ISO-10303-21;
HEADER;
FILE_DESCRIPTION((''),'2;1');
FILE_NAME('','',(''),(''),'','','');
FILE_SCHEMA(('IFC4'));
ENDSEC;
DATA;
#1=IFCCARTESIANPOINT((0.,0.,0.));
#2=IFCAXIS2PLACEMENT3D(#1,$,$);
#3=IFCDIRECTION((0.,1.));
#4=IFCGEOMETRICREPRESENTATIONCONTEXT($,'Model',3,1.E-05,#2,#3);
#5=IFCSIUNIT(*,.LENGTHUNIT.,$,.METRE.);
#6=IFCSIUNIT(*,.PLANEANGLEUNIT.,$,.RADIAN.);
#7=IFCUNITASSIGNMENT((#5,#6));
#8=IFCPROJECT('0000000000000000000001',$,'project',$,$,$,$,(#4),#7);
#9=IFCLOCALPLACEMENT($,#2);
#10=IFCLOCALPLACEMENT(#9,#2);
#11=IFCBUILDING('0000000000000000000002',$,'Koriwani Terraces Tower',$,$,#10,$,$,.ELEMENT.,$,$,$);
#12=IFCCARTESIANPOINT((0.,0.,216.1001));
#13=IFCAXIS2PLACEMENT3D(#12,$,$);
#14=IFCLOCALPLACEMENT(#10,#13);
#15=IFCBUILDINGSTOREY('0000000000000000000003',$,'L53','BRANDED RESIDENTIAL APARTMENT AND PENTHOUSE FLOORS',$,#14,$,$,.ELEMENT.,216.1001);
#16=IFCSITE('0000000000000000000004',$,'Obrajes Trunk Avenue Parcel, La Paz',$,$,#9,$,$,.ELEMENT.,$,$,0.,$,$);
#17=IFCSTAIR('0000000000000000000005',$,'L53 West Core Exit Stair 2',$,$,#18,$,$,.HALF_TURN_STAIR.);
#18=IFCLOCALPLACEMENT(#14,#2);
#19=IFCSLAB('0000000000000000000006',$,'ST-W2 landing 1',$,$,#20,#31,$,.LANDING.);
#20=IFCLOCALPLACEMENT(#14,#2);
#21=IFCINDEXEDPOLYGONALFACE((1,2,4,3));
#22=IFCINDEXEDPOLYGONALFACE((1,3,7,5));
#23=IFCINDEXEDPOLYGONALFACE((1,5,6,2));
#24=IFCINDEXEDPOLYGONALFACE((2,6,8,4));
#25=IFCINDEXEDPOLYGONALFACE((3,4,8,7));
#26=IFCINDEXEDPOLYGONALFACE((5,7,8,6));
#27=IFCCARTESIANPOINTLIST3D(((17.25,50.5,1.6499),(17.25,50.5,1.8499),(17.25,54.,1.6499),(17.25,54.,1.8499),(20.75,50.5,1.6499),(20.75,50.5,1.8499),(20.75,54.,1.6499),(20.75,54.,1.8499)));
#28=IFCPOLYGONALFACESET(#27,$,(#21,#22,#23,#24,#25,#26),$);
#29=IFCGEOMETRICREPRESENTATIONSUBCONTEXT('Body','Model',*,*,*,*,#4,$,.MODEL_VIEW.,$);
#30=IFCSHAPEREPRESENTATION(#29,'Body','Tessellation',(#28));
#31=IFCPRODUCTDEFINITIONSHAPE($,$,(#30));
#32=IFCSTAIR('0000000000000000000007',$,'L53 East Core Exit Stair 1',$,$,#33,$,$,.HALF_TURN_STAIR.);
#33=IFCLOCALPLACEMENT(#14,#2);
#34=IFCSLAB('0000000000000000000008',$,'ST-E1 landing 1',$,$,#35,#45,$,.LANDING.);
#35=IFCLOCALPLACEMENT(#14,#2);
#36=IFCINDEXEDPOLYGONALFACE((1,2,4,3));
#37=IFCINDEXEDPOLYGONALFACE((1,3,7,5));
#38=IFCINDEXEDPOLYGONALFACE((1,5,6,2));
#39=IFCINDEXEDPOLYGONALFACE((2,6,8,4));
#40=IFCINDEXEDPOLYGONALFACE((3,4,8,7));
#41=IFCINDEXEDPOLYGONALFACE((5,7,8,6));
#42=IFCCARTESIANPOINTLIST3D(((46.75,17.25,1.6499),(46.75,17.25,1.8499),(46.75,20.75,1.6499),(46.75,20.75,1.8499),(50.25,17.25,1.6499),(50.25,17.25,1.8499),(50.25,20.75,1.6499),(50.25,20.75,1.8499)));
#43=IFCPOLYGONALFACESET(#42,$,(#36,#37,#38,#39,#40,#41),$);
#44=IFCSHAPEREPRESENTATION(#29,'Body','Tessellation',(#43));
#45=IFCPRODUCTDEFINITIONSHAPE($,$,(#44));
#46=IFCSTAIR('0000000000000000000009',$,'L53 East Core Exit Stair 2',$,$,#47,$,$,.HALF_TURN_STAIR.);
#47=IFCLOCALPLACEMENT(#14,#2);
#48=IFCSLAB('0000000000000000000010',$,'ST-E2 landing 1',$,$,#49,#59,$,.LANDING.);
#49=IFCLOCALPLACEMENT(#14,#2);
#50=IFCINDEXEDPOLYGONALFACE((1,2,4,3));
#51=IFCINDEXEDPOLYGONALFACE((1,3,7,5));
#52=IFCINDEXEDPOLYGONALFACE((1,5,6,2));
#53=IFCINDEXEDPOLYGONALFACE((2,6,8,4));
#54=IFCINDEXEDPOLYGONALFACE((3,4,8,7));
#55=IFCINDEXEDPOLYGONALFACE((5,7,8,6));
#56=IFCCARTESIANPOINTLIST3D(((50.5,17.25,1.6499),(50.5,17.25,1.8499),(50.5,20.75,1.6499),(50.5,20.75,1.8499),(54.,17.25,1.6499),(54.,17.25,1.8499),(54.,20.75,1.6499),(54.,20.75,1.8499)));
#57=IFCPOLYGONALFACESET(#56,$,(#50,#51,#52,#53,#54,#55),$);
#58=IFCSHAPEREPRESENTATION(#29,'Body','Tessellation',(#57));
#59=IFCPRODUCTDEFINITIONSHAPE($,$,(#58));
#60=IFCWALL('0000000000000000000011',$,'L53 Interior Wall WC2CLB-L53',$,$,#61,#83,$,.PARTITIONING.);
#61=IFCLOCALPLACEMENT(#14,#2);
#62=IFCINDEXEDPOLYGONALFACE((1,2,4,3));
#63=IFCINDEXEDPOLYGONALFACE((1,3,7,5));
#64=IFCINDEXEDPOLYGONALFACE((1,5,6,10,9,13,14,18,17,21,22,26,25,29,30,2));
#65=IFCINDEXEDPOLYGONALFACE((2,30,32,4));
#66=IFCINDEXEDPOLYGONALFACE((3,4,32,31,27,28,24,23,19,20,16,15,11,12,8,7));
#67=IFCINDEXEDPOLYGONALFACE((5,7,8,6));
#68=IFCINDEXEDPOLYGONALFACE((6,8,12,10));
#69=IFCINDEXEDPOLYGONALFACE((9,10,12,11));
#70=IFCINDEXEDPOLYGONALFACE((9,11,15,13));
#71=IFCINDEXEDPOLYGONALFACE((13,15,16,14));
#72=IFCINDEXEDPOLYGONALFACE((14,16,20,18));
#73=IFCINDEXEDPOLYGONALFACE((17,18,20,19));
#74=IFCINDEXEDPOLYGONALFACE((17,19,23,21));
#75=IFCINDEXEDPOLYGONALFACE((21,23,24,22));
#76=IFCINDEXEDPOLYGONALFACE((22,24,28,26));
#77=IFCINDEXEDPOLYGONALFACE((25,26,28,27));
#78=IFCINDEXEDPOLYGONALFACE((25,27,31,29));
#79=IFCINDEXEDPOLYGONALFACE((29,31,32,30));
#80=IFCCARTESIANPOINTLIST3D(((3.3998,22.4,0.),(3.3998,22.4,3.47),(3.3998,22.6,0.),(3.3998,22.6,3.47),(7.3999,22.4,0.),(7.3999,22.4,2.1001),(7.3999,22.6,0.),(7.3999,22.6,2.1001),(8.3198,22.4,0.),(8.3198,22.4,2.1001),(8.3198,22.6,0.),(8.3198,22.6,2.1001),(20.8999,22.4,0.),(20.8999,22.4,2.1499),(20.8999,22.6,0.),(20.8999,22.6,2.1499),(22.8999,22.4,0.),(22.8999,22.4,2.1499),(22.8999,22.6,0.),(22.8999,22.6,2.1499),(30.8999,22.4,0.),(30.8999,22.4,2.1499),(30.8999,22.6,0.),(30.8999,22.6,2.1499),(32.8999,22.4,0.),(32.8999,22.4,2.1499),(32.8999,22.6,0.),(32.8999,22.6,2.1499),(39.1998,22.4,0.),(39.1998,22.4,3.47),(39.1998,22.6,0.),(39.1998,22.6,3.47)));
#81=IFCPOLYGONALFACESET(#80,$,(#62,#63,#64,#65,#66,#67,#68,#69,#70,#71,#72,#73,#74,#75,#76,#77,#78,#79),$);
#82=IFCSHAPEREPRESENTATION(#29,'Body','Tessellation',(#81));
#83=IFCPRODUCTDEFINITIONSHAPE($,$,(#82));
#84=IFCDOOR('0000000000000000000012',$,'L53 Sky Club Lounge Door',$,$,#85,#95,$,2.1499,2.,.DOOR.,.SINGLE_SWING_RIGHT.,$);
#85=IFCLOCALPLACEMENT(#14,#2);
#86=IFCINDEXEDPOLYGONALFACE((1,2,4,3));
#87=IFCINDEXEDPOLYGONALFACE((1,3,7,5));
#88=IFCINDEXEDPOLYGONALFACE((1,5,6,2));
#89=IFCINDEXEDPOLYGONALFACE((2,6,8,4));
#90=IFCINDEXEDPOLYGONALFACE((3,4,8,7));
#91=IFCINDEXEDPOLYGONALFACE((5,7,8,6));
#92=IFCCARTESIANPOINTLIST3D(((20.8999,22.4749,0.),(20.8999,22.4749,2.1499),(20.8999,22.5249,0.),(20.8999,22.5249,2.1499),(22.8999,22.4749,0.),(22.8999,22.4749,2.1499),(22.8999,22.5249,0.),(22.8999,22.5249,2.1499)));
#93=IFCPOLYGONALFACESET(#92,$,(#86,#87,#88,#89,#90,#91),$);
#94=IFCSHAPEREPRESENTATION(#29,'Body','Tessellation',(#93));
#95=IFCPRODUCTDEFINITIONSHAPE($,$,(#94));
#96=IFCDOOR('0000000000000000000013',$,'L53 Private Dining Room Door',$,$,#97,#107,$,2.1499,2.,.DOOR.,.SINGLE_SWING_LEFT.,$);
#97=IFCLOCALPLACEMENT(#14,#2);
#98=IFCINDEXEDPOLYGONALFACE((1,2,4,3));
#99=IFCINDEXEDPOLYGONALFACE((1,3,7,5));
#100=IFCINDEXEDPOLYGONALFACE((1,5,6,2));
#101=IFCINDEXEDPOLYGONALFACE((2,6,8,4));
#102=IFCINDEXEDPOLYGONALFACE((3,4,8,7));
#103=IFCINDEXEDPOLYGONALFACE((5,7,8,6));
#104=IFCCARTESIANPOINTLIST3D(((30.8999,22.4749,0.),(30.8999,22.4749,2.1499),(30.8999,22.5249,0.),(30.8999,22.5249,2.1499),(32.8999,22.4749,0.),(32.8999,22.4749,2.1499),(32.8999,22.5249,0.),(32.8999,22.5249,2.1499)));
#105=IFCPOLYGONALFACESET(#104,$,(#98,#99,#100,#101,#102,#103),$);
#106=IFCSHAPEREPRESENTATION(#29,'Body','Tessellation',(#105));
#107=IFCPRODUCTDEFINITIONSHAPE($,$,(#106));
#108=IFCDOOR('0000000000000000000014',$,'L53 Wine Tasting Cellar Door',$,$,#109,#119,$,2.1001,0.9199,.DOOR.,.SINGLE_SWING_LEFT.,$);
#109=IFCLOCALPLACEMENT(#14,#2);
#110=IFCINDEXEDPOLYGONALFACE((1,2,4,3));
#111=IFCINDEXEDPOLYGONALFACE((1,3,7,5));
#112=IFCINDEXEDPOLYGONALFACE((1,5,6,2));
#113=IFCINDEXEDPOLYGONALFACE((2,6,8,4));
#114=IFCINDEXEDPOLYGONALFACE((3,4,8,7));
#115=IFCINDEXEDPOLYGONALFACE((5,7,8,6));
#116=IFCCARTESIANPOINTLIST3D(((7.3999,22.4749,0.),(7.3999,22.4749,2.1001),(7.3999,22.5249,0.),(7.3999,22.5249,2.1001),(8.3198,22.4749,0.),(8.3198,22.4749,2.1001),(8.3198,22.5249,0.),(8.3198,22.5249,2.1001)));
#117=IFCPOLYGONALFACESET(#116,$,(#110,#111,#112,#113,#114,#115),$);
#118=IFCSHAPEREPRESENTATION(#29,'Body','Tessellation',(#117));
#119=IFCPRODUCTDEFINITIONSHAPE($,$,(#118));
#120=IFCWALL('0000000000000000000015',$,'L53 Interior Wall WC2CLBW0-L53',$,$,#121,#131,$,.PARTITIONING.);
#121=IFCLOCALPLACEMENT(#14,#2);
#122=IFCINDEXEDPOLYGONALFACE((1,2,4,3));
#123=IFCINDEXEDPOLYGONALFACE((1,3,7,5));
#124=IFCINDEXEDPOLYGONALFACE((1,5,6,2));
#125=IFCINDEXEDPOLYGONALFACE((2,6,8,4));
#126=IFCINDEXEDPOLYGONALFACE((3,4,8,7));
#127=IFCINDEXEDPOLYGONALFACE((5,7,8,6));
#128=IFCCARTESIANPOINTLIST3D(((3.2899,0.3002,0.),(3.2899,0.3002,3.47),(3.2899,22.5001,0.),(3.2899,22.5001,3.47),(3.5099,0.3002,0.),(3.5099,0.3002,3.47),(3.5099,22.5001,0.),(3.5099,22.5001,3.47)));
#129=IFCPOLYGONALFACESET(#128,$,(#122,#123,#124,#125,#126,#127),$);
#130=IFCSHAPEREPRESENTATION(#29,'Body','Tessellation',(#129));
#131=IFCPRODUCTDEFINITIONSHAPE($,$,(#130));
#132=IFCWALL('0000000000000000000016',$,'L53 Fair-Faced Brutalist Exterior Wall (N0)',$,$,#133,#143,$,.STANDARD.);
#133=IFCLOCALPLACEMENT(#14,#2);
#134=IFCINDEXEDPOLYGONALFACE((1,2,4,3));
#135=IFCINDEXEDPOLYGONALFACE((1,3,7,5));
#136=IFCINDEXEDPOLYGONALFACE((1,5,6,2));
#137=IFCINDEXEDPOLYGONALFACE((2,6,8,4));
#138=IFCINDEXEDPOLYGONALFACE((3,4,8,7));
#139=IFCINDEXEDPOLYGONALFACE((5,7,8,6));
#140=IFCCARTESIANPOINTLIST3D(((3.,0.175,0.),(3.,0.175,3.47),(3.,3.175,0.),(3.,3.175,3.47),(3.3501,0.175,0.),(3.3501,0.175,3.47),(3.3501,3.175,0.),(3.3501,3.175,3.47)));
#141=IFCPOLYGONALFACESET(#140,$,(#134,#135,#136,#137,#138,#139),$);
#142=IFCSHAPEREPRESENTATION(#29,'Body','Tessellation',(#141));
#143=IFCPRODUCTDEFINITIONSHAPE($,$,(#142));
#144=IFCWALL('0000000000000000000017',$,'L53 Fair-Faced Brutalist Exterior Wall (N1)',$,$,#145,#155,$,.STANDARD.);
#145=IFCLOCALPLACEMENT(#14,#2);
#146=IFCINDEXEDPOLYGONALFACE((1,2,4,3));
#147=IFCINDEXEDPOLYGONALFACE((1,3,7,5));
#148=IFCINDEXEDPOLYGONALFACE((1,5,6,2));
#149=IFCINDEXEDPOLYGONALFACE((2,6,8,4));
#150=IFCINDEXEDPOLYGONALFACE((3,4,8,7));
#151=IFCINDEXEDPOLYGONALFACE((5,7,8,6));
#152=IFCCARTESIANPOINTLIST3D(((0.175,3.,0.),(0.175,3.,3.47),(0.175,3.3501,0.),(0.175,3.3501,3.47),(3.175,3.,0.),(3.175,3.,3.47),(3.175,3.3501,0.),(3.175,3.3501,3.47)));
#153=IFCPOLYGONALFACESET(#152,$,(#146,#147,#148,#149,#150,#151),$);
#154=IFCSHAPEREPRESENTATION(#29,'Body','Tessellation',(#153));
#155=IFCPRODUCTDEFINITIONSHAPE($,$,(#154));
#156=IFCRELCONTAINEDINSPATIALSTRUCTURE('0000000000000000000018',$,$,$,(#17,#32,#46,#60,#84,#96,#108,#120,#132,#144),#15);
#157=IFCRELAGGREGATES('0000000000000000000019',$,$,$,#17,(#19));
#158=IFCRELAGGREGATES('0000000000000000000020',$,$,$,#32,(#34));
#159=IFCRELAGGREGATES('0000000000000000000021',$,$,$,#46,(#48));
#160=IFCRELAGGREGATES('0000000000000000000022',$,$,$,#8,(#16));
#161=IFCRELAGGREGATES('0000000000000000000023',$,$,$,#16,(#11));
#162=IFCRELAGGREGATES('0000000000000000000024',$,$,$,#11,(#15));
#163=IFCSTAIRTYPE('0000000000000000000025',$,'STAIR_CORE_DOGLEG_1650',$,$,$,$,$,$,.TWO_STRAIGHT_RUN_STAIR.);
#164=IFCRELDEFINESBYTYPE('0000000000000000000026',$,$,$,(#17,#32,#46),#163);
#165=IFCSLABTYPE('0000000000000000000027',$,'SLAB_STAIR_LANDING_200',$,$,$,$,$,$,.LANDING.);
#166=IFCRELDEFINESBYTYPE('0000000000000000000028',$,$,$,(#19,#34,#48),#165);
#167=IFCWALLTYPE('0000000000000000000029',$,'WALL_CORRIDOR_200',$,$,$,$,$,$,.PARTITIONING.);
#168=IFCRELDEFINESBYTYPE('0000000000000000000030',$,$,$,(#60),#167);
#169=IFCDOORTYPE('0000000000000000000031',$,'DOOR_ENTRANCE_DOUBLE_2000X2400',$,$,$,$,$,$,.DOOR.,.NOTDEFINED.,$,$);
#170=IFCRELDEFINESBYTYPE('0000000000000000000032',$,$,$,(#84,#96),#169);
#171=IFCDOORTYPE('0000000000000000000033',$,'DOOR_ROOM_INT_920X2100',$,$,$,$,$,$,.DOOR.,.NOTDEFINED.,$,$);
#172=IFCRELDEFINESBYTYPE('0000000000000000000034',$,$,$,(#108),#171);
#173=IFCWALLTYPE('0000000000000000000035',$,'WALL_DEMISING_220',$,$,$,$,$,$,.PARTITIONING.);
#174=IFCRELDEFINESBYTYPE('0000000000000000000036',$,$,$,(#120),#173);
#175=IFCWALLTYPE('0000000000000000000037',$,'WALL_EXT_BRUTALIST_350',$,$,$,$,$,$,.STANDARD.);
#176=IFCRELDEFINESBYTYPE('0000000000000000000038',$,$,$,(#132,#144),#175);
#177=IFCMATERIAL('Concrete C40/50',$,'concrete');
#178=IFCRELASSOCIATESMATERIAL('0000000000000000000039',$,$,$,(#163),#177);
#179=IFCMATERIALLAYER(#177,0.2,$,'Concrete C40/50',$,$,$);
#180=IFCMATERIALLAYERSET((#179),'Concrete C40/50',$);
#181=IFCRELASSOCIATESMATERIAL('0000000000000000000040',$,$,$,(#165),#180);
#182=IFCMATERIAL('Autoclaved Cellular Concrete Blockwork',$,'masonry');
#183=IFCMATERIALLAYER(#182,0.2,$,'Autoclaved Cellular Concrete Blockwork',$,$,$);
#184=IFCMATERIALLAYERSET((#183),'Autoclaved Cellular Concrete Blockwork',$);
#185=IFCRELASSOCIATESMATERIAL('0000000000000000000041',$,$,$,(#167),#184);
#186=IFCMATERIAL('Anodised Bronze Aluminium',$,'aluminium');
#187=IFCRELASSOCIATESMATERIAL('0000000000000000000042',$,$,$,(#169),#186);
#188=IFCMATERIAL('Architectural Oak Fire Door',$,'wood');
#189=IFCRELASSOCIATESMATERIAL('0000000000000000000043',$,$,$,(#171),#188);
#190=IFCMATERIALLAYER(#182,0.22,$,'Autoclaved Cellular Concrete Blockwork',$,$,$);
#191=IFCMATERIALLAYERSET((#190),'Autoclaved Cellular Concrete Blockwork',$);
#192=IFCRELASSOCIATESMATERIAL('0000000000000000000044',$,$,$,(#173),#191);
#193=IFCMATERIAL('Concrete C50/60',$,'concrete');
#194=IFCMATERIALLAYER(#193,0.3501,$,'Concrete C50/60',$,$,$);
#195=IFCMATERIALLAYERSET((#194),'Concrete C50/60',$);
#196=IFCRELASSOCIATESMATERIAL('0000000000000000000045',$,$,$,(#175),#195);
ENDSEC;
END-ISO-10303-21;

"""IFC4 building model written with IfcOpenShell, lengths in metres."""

from ifc_helpers import new_model, si_unit, direction, frame, frame_2d, origin, place, context, subcontext, project, spatial, polyline, rectangle, outline, extrude, material, layer, layer_set, type_object, element, fill, aggregate, save


model = new_model("IFC4")

# Units and contexts
model_context = context("Model", 3, precision=1e-05, world=origin(), true_north=direction((0.0, 1.0)))
body_context = subcontext(model_context, "Body", "Model", "MODEL_VIEW")
ifc_project = project(units=[si_unit("LENGTHUNIT", "METRE"), si_unit("PLANEANGLEUNIT", "RADIAN")], contexts=[model_context])

# Site, building, storey
site_placement = place(None, origin())
site = spatial("IfcSite", under=ifc_project, at=site_placement, Name="Obrajes Trunk Avenue Parcel, La Paz", CompositionType="ELEMENT", RefElevation=0.0)
building_placement = place(site_placement, origin())
building = spatial("IfcBuilding", under=site, at=building_placement, Name="Koriwani Terraces Tower", CompositionType="ELEMENT")
storey_placement = place(building_placement, frame((0.0, 0.0, 216.1001)))
storey = spatial("IfcBuildingStorey", under=building, at=storey_placement, Name="L53", Description="BRANDED RESIDENTIAL APARTMENT AND PENTHOUSE FLOORS", CompositionType="ELEMENT", Elevation=216.1001)

# Shared definitions
ifc_material_1 = material(Name="Concrete C50/60", Category="concrete")

# Shared definitions
ifc_material_2 = material(Name="Concrete C40/50", Category="concrete")

# Stairs, slabs
stair_type = type_object("IfcStairType", Name="STAIR_CORE_DOGLEG_1650", PredefinedType="TWO_STRAIGHT_RUN_STAIR", material=ifc_material_2)
ifc_layer_1 = layer(ifc_material_2, 0.2, Name="Concrete C40/50")
ifc_layer_set_1 = layer_set([ifc_layer_1], Name="Concrete C40/50")
slab_type_1 = type_object("IfcSlabType", Name="SLAB_STAIR_LANDING_200", PredefinedType="LANDING", material=ifc_layer_set_1)
stair_1_placement = place(storey_placement, origin())
stair_1 = element("IfcStair", 1, at=stair_1_placement, inside=storey, type_object=stair_type, Name="L53 West Core Exit Stair 2", PredefinedType="HALF_TURN_STAIR")
slab_1_placement = place(storey_placement, frame((0.0, 0.0, 1.6499)))
slab_1 = element("IfcSlab", 2, at=slab_1_placement, type_object=slab_type_1, Name="ST-W2 landing 1", PredefinedType="LANDING", context=body_context, shape_type="SweptSolid", body=[
    extrude(outline(polyline([(17.25, 54.0), (17.25, 50.5), (20.75, 50.5), (20.75, 54.0), (17.25, 54.0)])), origin(), (0.0, 0.0, 1.0), 0.2),
])
aggregate(stair_1, [slab_1])
stair_2_placement = place(storey_placement, origin())
stair_2 = element("IfcStair", 3, at=stair_2_placement, inside=storey, type_object=stair_type, Name="L53 East Core Exit Stair 1", PredefinedType="HALF_TURN_STAIR")
slab_2_placement = place(storey_placement, frame((0.0, 0.0, 1.6499)))
slab_2 = element("IfcSlab", 4, at=slab_2_placement, type_object=slab_type_1, Name="ST-E1 landing 1", PredefinedType="LANDING", context=body_context, shape_type="SweptSolid", body=[
    extrude(outline(polyline([(46.75, 17.25), (50.25, 17.25), (50.25, 20.75), (46.75, 20.75), (46.75, 17.25)])), origin(), (0.0, 0.0, 1.0), 0.2),
])
aggregate(stair_2, [slab_2])
stair_3_placement = place(storey_placement, origin())
stair_3 = element("IfcStair", 5, at=stair_3_placement, inside=storey, type_object=stair_type, Name="L53 East Core Exit Stair 2", PredefinedType="HALF_TURN_STAIR")
slab_3_placement = place(storey_placement, frame((0.0, 0.0, 1.6499)))
slab_3 = element("IfcSlab", 6, at=slab_3_placement, type_object=slab_type_1, Name="ST-E2 landing 1", PredefinedType="LANDING", context=body_context, shape_type="SweptSolid", body=[
    extrude(outline(polyline([(54.0, 20.75), (50.5, 20.75), (50.5, 17.25), (54.0, 17.25), (54.0, 20.75)])), origin(), (0.0, 0.0, 1.0), 0.2),
])
aggregate(stair_3, [slab_3])

# Wall, openings, doors
ifc_material_3 = material(Name="Autoclaved Cellular Concrete Blockwork", Category="masonry")
ifc_layer_2 = layer(ifc_material_3, 0.2, Name="Autoclaved Cellular Concrete Blockwork")
ifc_layer_set_2 = layer_set([ifc_layer_2], Name="Autoclaved Cellular Concrete Blockwork")
wall_type_1 = type_object("IfcWallType", Name="WALL_CORRIDOR_200", PredefinedType="PARTITIONING", material=ifc_layer_set_2)
wall_1_placement = place(storey_placement, frame((3.3999, 22.5, 0.0), z_axis=(0.0, 0.0, 1.0), x_axis=(1.0, 0.0, 0.0)))
wall_1 = element("IfcWall", 7, at=wall_1_placement, inside=storey, type_object=wall_type_1, Name="L53 Interior Wall WC2CLB-L53", PredefinedType="PARTITIONING", context=body_context, shape_type="SweptSolid", body=[
    extrude(rectangle(XDim=35.8, YDim=0.2, at=frame_2d((17.8999, 0.0))), origin(), (0.0, 0.0, 1.0), 3.47),
])
opening_1_placement = place(wall_1_placement, frame((4.0, 0.0, 0.0)))
opening_1 = element("IfcOpeningElement", 8, at=opening_1_placement, cuts=wall_1, PredefinedType="OPENING", context=body_context, shape_type="SweptSolid", body=[
    extrude(rectangle(XDim=0.9199, YDim=2.1001, at=frame_2d((0.46, 1.05))), frame((0.0, 0.1099, 0.0), z_axis=(0.0, -1.0, 0.0), x_axis=(1.0, 0.0, 0.0)), (0.0, 0.0, 1.0), 0.22),
])
opening_2_placement = place(wall_1_placement, frame((17.5, 0.0, 0.0)))
opening_2 = element("IfcOpeningElement", 9, at=opening_2_placement, cuts=wall_1, PredefinedType="OPENING", context=body_context, shape_type="SweptSolid", body=[
    extrude(rectangle(XDim=2.0, YDim=2.1499, at=frame_2d((1.0, 1.075))), frame((0.0, 0.1099, 0.0), z_axis=(0.0, -1.0, 0.0), x_axis=(1.0, 0.0, 0.0)), (0.0, 0.0, 1.0), 0.22),
])
opening_3_placement = place(wall_1_placement, frame((27.5, 0.0, 0.0)))
opening_3 = element("IfcOpeningElement", 10, at=opening_3_placement, cuts=wall_1, PredefinedType="OPENING", context=body_context, shape_type="SweptSolid", body=[
    extrude(rectangle(XDim=2.0, YDim=2.1499, at=frame_2d((1.0, 1.075))), frame((0.0, 0.1099, 0.0), z_axis=(0.0, -1.0, 0.0), x_axis=(1.0, 0.0, 0.0)), (0.0, 0.0, 1.0), 0.22),
])
ifc_material_4 = material(Name="Anodised Bronze Aluminium", Category="aluminium")
door_type_1 = type_object("IfcDoorType", Name="DOOR_ENTRANCE_DOUBLE_2000X2400", OperationType="NOTDEFINED", PredefinedType="DOOR", material=ifc_material_4)
door_1_placement = place(opening_2_placement, origin())
door_1 = element("IfcDoor", 11, at=door_1_placement, inside=storey, type_object=door_type_1, Name="L53 Sky Club Lounge Door", OperationType="SINGLE_SWING_RIGHT", OverallHeight=2.1499, OverallWidth=2.0, PredefinedType="DOOR", context=body_context, shape_type="SweptSolid", body=[
    extrude(rectangle(XDim=2.0, YDim=2.1499, at=frame_2d((1.0, 1.075))), frame((0.0, 0.0249, 0.0), z_axis=(0.0, -1.0, 0.0), x_axis=(1.0, 0.0, 0.0)), (0.0, 0.0, 1.0), 0.05),
])
fill(opening_2, door_1)
door_2_placement = place(opening_3_placement, origin())
door_2 = element("IfcDoor", 12, at=door_2_placement, inside=storey, type_object=door_type_1, Name="L53 Private Dining Room Door", OperationType="SINGLE_SWING_LEFT", OverallHeight=2.1499, OverallWidth=2.0, PredefinedType="DOOR", context=body_context, shape_type="SweptSolid", body=[
    extrude(rectangle(XDim=2.0, YDim=2.1499, at=frame_2d((1.0, 1.075))), frame((0.0, 0.0249, 0.0), z_axis=(0.0, -1.0, 0.0), x_axis=(1.0, 0.0, 0.0)), (0.0, 0.0, 1.0), 0.05),
])
fill(opening_3, door_2)
ifc_material_5 = material(Name="Architectural Oak Fire Door", Category="wood")
door_type_2 = type_object("IfcDoorType", Name="DOOR_ROOM_INT_920X2100", OperationType="NOTDEFINED", PredefinedType="DOOR", material=ifc_material_5)
door_3_placement = place(opening_1_placement, origin())
door_3 = element("IfcDoor", 13, at=door_3_placement, inside=storey, type_object=door_type_2, Name="L53 Wine Tasting Cellar Door", OperationType="SINGLE_SWING_LEFT", OverallHeight=2.1001, OverallWidth=0.9199, PredefinedType="DOOR", context=body_context, shape_type="SweptSolid", body=[
    extrude(rectangle(XDim=0.9199, YDim=2.1001, at=frame_2d((0.46, 1.05))), frame((0.0, 0.0249, 0.0), z_axis=(0.0, -1.0, 0.0), x_axis=(1.0, 0.0, 0.0)), (0.0, 0.0, 1.0), 0.05),
])
fill(opening_1, door_3)

# Walls
ifc_layer_3 = layer(ifc_material_3, 0.22, Name="Autoclaved Cellular Concrete Blockwork")
ifc_layer_set_3 = layer_set([ifc_layer_3], Name="Autoclaved Cellular Concrete Blockwork")
wall_type_2 = type_object("IfcWallType", Name="WALL_DEMISING_220", PredefinedType="PARTITIONING", material=ifc_layer_set_3)
wall_2_placement = place(storey_placement, frame((3.3999, 0.3, 0.0), z_axis=(0.0, 0.0, 1.0), x_axis=(0.0, 1.0, 0.0)))
element("IfcWall", 14, at=wall_2_placement, inside=storey, type_object=wall_type_2, Name="L53 Interior Wall WC2CLBW0-L53", PredefinedType="PARTITIONING", context=body_context, shape_type="SweptSolid", body=[
    extrude(rectangle(XDim=22.2, YDim=0.22, at=frame_2d((11.1001, 0.0))), origin(), (0.0, 0.0, 1.0), 3.47),
])
ifc_layer_4 = layer(ifc_material_1, 0.3501, Name="Concrete C50/60")
ifc_layer_set_4 = layer_set([ifc_layer_4], Name="Concrete C50/60")
wall_type_3 = type_object("IfcWallType", Name="WALL_EXT_BRUTALIST_350", PredefinedType="STANDARD", material=ifc_layer_set_4)
for number, where, z_axis, x_axis, name in (
    (15, (3.175, 0.175, 0.0), (0.0, 0.0, 1.0), (0.0, 1.0, 0.0), "L53 Fair-Faced Brutalist Exterior Wall (N0)"),
    (16, (3.175, 3.175, 0.0), (0.0, 0.0, 1.0), (-1.0, 0.0, 0.0), "L53 Fair-Faced Brutalist Exterior Wall (N1)"),
):
    element("IfcWall", number, at=place(storey_placement, frame(where, z_axis=z_axis, x_axis=x_axis)), inside=storey, type_object=wall_type_3, Name=name, PredefinedType="STANDARD", context=body_context, shape_type="SweptSolid", body=[
        extrude(rectangle(XDim=3.0, YDim=0.3501, at=frame_2d((1.5, 0.0))), origin(), (0.0, 0.0, 1.0), 3.47),
    ])

save(model, "model.ifc")
